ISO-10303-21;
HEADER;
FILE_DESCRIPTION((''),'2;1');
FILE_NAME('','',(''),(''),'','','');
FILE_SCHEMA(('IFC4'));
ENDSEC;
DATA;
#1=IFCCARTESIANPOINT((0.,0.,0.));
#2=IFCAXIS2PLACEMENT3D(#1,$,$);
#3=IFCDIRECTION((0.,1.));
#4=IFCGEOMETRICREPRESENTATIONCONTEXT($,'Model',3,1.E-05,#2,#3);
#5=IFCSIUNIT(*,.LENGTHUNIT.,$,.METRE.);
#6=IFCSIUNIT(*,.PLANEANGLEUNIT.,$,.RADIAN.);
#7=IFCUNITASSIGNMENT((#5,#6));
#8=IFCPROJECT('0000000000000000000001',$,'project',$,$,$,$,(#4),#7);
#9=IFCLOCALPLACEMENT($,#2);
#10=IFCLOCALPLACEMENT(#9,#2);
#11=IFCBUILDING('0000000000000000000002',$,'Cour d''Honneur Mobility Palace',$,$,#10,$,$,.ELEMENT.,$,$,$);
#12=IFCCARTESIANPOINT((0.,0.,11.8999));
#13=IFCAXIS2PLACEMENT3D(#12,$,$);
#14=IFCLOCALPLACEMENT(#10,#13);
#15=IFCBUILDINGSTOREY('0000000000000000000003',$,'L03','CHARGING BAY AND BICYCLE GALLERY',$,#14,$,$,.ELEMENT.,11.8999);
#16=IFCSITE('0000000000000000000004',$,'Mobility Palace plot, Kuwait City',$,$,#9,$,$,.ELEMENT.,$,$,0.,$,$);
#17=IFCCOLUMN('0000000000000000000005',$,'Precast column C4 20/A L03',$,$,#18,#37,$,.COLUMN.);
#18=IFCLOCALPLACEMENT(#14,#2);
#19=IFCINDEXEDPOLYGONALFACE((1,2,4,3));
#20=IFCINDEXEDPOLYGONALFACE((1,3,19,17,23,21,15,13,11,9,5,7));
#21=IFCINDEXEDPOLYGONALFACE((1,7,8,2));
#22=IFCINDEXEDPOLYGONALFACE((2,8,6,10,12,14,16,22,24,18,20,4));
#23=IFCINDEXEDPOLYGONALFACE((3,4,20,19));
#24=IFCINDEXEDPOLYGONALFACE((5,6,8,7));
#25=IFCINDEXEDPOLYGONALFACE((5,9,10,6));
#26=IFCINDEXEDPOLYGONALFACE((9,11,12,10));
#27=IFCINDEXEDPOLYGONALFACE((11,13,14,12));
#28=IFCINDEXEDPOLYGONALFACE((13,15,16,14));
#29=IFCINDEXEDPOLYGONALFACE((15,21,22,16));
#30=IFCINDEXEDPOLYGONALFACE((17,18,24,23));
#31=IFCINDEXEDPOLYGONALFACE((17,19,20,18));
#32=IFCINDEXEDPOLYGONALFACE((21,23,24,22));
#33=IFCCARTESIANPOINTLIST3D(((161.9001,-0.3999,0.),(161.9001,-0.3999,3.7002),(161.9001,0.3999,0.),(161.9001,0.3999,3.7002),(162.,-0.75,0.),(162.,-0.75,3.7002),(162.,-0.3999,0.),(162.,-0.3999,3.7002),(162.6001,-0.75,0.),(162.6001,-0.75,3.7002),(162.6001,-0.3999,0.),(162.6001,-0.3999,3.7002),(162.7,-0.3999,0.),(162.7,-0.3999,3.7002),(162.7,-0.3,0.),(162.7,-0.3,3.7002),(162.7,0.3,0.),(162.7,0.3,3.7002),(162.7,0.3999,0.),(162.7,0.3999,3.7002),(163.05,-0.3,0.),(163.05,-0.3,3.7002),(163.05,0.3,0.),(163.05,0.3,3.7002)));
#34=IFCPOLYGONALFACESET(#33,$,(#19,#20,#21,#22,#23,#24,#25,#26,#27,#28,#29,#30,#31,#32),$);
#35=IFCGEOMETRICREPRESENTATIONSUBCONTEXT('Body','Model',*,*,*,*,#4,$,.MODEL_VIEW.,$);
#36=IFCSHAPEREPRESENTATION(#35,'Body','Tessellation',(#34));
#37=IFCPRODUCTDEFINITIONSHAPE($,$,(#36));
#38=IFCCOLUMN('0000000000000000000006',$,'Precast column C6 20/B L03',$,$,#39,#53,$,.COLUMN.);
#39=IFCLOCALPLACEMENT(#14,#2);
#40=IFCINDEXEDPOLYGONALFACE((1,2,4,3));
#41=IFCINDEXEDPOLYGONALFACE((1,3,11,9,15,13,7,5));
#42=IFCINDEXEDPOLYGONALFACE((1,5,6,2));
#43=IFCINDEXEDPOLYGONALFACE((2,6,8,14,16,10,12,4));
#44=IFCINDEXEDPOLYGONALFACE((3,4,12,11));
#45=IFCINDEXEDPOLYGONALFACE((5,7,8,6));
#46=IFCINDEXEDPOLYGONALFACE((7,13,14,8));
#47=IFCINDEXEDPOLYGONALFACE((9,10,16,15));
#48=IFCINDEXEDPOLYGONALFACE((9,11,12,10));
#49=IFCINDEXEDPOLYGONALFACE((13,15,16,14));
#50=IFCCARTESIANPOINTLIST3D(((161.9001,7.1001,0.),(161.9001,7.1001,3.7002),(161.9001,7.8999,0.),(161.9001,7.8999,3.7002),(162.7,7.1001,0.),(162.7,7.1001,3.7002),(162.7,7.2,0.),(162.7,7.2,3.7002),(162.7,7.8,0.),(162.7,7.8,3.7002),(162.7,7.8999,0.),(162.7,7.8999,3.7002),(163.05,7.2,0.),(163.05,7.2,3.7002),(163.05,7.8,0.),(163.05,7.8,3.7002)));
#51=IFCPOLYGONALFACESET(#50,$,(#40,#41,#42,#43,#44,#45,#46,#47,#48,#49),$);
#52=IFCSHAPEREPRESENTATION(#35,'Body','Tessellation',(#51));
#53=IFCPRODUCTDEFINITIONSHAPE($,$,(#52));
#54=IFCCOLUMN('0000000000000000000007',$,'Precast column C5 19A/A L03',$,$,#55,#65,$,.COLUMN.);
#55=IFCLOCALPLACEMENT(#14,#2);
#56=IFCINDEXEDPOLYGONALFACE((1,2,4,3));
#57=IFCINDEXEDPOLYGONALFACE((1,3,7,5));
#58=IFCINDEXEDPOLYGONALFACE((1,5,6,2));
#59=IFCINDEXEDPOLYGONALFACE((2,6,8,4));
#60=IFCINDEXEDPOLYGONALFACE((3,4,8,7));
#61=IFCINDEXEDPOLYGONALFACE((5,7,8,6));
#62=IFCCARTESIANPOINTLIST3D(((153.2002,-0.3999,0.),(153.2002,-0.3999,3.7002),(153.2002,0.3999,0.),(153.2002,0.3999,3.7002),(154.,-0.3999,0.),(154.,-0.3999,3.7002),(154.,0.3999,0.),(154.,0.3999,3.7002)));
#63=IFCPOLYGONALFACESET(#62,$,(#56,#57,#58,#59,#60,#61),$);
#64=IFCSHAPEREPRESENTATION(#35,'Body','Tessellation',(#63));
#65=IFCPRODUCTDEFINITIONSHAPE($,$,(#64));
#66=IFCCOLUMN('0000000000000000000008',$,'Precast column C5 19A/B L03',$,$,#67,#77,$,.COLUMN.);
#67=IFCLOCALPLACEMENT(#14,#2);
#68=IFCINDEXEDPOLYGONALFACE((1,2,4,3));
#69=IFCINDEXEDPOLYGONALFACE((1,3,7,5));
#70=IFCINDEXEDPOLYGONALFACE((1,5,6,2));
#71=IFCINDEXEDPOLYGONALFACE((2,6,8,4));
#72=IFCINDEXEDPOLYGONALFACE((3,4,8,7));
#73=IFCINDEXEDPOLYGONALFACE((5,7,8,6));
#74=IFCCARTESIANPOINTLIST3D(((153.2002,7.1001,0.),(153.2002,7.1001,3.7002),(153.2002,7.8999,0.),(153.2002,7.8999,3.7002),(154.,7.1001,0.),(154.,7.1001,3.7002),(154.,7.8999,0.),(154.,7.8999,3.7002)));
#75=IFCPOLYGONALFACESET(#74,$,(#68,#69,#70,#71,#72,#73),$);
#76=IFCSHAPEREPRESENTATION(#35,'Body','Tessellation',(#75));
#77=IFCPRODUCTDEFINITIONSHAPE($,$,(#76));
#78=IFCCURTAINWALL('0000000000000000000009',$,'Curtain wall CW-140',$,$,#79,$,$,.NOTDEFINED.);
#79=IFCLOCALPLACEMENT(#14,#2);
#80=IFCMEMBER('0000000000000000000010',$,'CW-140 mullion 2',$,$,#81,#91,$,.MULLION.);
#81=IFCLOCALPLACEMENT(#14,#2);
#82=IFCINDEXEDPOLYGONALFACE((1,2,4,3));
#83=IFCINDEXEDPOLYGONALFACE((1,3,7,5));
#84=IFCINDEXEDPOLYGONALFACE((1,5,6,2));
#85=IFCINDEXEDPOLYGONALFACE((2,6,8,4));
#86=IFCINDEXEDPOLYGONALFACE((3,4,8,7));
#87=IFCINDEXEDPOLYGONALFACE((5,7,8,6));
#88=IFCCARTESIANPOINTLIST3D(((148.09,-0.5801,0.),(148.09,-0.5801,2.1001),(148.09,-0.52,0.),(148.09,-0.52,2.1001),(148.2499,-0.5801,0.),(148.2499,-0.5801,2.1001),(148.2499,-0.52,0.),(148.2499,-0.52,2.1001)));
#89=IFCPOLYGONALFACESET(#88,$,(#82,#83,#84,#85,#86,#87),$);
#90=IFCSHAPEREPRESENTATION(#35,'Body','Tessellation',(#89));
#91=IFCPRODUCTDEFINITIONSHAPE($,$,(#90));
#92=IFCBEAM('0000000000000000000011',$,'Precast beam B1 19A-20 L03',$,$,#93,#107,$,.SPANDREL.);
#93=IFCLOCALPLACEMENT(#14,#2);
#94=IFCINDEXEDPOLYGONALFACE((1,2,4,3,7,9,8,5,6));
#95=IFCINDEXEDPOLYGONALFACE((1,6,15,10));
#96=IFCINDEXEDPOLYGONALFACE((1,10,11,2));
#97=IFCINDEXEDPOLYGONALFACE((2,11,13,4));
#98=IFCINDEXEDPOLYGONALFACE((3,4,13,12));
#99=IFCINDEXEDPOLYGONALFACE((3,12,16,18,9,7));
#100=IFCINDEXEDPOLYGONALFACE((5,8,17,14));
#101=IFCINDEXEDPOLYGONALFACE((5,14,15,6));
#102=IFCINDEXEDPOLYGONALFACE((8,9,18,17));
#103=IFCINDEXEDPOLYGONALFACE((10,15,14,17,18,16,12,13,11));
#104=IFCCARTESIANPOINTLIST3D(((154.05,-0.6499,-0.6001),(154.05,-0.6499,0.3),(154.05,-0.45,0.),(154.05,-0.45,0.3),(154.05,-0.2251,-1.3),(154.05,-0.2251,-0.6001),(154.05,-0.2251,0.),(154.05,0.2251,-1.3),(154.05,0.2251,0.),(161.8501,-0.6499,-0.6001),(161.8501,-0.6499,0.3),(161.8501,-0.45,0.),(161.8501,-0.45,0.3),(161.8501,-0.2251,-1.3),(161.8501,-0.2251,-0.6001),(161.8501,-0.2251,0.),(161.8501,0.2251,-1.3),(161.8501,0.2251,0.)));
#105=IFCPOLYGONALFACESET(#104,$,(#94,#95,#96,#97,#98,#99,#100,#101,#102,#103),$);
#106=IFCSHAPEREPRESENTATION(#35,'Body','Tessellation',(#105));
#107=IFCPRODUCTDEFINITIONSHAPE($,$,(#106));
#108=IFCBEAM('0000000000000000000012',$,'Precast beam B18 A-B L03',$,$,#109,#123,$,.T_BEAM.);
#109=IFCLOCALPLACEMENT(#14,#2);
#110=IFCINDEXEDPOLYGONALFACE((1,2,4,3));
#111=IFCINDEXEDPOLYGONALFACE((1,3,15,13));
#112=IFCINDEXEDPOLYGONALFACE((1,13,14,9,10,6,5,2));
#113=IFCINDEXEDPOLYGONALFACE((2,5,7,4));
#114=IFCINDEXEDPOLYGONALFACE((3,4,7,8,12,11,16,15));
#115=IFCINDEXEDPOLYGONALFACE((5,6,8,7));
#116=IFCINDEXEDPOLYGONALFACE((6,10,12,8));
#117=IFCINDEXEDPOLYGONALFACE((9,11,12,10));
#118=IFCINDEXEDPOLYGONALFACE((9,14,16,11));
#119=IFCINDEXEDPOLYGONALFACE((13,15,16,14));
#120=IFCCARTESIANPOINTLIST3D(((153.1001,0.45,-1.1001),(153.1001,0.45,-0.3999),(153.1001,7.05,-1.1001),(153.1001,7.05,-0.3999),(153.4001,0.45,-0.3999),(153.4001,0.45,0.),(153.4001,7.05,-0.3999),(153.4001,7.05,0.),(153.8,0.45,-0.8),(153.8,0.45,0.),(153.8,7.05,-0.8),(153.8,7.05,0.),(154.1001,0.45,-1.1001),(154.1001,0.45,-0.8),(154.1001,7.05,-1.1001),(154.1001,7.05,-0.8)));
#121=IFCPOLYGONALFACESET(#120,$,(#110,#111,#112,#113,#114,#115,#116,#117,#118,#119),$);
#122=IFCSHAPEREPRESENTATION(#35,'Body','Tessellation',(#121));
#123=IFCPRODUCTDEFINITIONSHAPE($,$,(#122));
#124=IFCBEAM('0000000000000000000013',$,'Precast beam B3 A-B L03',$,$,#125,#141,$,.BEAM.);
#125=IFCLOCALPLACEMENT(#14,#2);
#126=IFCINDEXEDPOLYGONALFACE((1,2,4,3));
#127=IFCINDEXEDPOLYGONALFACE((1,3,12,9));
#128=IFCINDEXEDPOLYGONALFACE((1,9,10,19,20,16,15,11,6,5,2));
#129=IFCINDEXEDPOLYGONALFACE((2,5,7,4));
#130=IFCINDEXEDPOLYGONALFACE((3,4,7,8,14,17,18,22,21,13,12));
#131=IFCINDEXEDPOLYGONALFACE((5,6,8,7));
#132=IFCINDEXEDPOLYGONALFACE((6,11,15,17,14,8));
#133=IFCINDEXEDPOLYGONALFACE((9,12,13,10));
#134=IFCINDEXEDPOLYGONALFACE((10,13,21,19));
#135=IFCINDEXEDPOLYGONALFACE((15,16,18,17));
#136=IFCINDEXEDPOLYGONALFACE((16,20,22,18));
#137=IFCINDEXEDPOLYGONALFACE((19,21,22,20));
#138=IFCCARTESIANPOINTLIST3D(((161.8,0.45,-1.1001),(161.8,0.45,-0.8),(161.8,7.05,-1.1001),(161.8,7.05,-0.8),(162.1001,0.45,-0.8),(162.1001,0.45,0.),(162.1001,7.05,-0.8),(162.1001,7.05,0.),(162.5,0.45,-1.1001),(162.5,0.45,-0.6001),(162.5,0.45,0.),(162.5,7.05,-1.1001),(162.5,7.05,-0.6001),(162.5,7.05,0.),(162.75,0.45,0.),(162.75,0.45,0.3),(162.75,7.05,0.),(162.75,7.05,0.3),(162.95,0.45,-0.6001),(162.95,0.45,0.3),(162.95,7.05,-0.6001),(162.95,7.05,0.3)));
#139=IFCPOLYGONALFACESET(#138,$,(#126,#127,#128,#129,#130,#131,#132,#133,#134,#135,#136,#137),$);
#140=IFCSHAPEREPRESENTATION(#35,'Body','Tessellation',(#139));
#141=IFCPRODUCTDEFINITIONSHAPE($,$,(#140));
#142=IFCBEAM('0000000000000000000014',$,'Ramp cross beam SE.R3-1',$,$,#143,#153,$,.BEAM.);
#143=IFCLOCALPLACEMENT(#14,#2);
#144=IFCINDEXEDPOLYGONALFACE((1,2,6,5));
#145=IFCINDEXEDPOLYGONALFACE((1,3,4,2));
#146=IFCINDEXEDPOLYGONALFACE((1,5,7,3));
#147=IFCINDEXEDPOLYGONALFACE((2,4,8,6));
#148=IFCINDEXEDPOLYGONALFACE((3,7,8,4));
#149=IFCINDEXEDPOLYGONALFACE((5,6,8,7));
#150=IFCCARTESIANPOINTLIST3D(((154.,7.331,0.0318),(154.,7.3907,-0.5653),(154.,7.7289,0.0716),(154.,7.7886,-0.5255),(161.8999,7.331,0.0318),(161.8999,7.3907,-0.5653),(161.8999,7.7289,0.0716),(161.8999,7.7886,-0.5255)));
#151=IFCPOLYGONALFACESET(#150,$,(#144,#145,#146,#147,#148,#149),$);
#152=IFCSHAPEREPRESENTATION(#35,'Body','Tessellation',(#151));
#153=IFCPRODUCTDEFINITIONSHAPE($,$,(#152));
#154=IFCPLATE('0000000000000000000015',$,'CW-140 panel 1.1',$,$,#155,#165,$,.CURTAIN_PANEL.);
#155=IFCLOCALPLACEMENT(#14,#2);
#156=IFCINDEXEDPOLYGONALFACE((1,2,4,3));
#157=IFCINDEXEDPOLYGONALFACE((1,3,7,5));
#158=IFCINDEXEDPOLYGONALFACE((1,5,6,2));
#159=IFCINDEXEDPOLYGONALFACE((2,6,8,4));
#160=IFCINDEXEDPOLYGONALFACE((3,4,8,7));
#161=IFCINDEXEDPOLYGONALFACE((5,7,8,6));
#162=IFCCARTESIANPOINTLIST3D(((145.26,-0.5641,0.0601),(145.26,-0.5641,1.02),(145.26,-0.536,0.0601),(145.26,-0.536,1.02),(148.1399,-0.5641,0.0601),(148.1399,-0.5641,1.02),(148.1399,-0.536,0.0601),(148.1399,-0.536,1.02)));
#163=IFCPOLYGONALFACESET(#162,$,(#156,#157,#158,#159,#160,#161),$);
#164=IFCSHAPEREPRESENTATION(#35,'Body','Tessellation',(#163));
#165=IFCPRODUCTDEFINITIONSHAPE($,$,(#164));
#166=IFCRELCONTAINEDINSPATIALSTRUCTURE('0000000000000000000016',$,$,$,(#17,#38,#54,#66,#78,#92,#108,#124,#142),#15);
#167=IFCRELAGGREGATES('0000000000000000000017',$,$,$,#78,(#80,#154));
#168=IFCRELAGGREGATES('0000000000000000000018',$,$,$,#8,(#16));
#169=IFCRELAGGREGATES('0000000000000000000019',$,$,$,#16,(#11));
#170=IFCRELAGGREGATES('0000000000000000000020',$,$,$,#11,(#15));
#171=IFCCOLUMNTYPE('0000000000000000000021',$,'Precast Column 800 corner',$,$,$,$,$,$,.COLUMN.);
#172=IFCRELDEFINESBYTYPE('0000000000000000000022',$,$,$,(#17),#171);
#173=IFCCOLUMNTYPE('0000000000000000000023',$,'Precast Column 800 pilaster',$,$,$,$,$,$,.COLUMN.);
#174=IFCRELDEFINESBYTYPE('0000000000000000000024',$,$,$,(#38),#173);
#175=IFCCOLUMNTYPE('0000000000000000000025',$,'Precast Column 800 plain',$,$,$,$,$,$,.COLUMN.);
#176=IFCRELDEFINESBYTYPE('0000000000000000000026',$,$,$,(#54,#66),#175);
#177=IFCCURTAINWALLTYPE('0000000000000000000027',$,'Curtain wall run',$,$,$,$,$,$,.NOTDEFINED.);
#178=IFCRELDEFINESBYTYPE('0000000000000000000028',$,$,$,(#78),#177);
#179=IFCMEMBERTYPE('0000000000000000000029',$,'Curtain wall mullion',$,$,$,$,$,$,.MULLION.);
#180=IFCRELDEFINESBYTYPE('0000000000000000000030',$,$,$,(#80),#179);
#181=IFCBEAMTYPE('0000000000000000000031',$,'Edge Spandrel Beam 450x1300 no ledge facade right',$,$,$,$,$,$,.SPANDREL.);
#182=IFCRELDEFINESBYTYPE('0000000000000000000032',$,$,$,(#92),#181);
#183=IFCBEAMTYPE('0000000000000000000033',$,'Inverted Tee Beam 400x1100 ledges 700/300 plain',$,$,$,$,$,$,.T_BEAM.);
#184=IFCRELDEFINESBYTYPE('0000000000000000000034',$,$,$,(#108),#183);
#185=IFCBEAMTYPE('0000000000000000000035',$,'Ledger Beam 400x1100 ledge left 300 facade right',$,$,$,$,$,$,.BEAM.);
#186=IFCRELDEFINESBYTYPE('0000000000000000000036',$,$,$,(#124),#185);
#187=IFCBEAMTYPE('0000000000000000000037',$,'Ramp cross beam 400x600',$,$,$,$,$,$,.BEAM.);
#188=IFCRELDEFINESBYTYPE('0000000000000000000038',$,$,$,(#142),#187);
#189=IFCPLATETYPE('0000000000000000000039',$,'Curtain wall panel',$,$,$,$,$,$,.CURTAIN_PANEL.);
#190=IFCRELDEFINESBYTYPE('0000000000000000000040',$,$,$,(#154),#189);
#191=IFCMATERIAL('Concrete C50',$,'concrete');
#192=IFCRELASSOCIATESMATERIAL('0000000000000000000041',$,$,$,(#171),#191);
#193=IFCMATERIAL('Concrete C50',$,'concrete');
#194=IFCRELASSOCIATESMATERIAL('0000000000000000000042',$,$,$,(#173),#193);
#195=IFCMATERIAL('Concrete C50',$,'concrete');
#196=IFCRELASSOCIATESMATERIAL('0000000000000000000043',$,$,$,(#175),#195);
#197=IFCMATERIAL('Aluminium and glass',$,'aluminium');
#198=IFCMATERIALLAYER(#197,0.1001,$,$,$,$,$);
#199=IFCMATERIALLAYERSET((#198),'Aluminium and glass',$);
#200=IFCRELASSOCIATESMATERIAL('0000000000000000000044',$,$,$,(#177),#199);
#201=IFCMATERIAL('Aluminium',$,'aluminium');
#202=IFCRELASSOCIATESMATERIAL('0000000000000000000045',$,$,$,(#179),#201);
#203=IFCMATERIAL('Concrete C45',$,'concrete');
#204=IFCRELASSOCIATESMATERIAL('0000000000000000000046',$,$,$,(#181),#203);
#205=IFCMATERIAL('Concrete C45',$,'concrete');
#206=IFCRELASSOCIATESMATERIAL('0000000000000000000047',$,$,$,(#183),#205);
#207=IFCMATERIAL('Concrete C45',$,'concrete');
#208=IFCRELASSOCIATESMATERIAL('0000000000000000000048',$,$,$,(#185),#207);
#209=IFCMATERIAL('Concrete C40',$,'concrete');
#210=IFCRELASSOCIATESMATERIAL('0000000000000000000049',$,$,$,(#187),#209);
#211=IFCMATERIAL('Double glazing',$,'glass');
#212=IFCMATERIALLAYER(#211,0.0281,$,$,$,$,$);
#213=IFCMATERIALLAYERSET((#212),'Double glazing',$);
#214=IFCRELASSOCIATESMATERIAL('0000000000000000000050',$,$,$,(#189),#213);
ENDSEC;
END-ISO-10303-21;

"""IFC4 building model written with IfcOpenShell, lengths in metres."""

from ifc_helpers import new_model, si_unit, direction, frame, origin, origin_2d, place, context, subcontext, project, spatial, polyline, rectangle, outline, extrude, material, layer, layer_set, material_profile, profile_set, type_object, element, aggregate, save


model = new_model("IFC4")

# Units and contexts
model_context = context("Model", 3, precision=1e-05, world=origin(), true_north=direction((0.0, 1.0)))
body_context = subcontext(model_context, "Body", "Model", "MODEL_VIEW")
ifc_project = project(units=[si_unit("LENGTHUNIT", "METRE"), si_unit("PLANEANGLEUNIT", "RADIAN")], contexts=[model_context])

# Site, building, storey
site_placement = place(None, origin())
site = spatial("IfcSite", under=ifc_project, at=site_placement, Name="Mobility Palace plot, Kuwait City", CompositionType="ELEMENT", RefElevation=0.0)
building_placement = place(site_placement, origin())
building = spatial("IfcBuilding", under=site, at=building_placement, Name="Cour d'Honneur Mobility Palace", CompositionType="ELEMENT")
storey_placement = place(building_placement, frame((0.0, 0.0, 11.8999)))
storey = spatial("IfcBuildingStorey", under=building, at=storey_placement, Name="L03", Description="CHARGING BAY AND BICYCLE GALLERY", CompositionType="ELEMENT", Elevation=11.8999)

# Columns
ifc_material_1 = material(Name="Concrete C50", Category="concrete")
ifc_material_profile_1 = material_profile(ifc_material_1, outline(polyline([(-0.3999, -0.3999), (0.3999, -0.3999), (0.3999, -0.3), (0.75, -0.3), (0.75, 0.3), (0.3999, 0.3), (0.3999, 0.3999), (0.3, 0.3999), (0.3, 0.75), (-0.3, 0.75), (-0.3, 0.3999), (-0.3999, 0.3999), (-0.3999, -0.3999)])), Name="PC C800 corner")
ifc_profile_set_1 = profile_set([ifc_material_profile_1], Name="Concrete C50")
column_type_1 = type_object("IfcColumnType", Name="Precast Column 800 corner", PredefinedType="COLUMN", material=ifc_profile_set_1)
column_1_placement = place(storey_placement, frame((162.3, 0.0, 0.0), z_axis=(0.0, 0.0, 1.0), x_axis=(0.0, -1.0, 0.0)))
element("IfcColumn", 1, at=column_1_placement, inside=storey, type_object=column_type_1, Name="Precast column C4 20/A L03", PredefinedType="COLUMN", context=body_context, shape_type="SweptSolid", body=[
    extrude(outline(polyline([(-0.3999, -0.3999), (0.3999, -0.3999), (0.3999, -0.3), (0.75, -0.3), (0.75, 0.3), (0.3999, 0.3), (0.3999, 0.3999), (0.3, 0.3999), (0.3, 0.75), (-0.3, 0.75), (-0.3, 0.3999), (-0.3999, 0.3999), (-0.3999, -0.3999)])), origin(), (0.0, 0.0, 1.0), 3.7002),
])
ifc_material_2 = material(Name="Concrete C50", Category="concrete")
ifc_material_profile_2 = material_profile(ifc_material_2, outline(polyline([(-0.3999, -0.3999), (0.3999, -0.3999), (0.3999, -0.3), (0.75, -0.3), (0.75, 0.3), (0.3999, 0.3), (0.3999, 0.3999), (-0.3999, 0.3999), (-0.3999, -0.3999)])), Name="PC C800 pilaster")
ifc_profile_set_2 = profile_set([ifc_material_profile_2], Name="Concrete C50")
column_type_2 = type_object("IfcColumnType", Name="Precast Column 800 pilaster", PredefinedType="COLUMN", material=ifc_profile_set_2)
column_2_placement = place(storey_placement, frame((162.3, 7.5, 0.0), z_axis=(0.0, 0.0, 1.0), x_axis=(1.0, 0.0, 0.0)))
element("IfcColumn", 2, at=column_2_placement, inside=storey, type_object=column_type_2, Name="Precast column C6 20/B L03", PredefinedType="COLUMN", context=body_context, shape_type="SweptSolid", body=[
    extrude(outline(polyline([(-0.3999, -0.3999), (0.3999, -0.3999), (0.3999, -0.3), (0.75, -0.3), (0.75, 0.3), (0.3999, 0.3), (0.3999, 0.3999), (-0.3999, 0.3999), (-0.3999, -0.3999)])), origin(), (0.0, 0.0, 1.0), 3.7002),
])
ifc_material_3 = material(Name="Concrete C50", Category="concrete")
ifc_material_profile_3 = material_profile(ifc_material_3, outline(polyline([(-0.3999, -0.3999), (0.3999, -0.3999), (0.3999, 0.3999), (-0.3999, 0.3999), (-0.3999, -0.3999)])), Name="PC C800 plain")
ifc_profile_set_3 = profile_set([ifc_material_profile_3], Name="Concrete C50")
column_type_3 = type_object("IfcColumnType", Name="Precast Column 800 plain", PredefinedType="COLUMN", material=ifc_profile_set_3)
for number, where, z_axis, x_axis, name in (
    (3, (153.6001, 0.0, 0.0), (0.0, 0.0, 1.0), (1.0, 0.0, 0.0), "Precast column C5 19A/A L03"),
    (4, (153.6001, 7.5, 0.0), (0.0, 0.0, 1.0), (1.0, 0.0, 0.0), "Precast column C5 19A/B L03"),
):
    element("IfcColumn", number, at=place(storey_placement, frame(where, z_axis=z_axis, x_axis=x_axis)), inside=storey, type_object=column_type_3, Name=name, PredefinedType="COLUMN", context=body_context, shape_type="SweptSolid", body=[
        extrude(outline(polyline([(-0.3999, -0.3999), (0.3999, -0.3999), (0.3999, 0.3999), (-0.3999, 0.3999), (-0.3999, -0.3999)])), origin(), (0.0, 0.0, 1.0), 3.7002),
    ])

# Curtain wall, member
ifc_material_4 = material(Name="Aluminium and glass", Category="aluminium")
ifc_layer_1 = layer(ifc_material_4, 0.1001)
ifc_layer_set_1 = layer_set([ifc_layer_1], Name="Aluminium and glass")
curtain_wall_type = type_object("IfcCurtainWallType", Name="Curtain wall run", PredefinedType="NOTDEFINED", material=ifc_layer_set_1)
curtain_wall_placement = place(storey_placement, origin())
curtain_wall = element("IfcCurtainWall", 5, at=curtain_wall_placement, inside=storey, type_object=curtain_wall_type, Name="Curtain wall CW-140", PredefinedType="NOTDEFINED")
ifc_material_5 = material(Name="Aluminium", Category="aluminium")
ifc_material_profile_4 = material_profile(ifc_material_5, rectangle(XDim=0.0601, YDim=0.1599, at=origin_2d()), Name="Curtain wall mullion")
ifc_profile_set_4 = profile_set([ifc_material_profile_4], Name="Aluminium")
member_type = type_object("IfcMemberType", Name="Curtain wall mullion", PredefinedType="MULLION", material=ifc_profile_set_4)
member_placement = place(storey_placement, frame((148.1699, -0.55, 0.0), z_axis=(0.0, 0.0, 1.0), x_axis=(0.0, 1.0, 0.0)))
member = element("IfcMember", 6, at=member_placement, type_object=member_type, Name="CW-140 mullion 2", PredefinedType="MULLION", context=body_context, shape_type="SweptSolid", body=[
    extrude(rectangle(XDim=0.0601, YDim=0.1599, at=origin_2d()), origin(), (0.0, 0.0, 1.0), 2.1001),
])

# Beams
ifc_material_6 = material(Name="Concrete C45", Category="concrete")
ifc_material_profile_5 = material_profile(ifc_material_6, outline(polyline([(0.2251, -1.3), (0.2251, 0.0), (-0.2251, 0.0), (-0.45, 0.0), (-0.45, 0.3), (-0.6499, 0.3), (-0.6499, -0.6001), (-0.2251, -0.6001), (-0.2251, -1.3), (0.2251, -1.3)])), Name="Edge Spandrel Beam 450x1300 no ledge facade right")
ifc_profile_set_5 = profile_set([ifc_material_profile_5], Name="Concrete C45")
beam_type_1 = type_object("IfcBeamType", Name="Edge Spandrel Beam 450x1300 no ledge facade right", PredefinedType="SPANDREL", material=ifc_profile_set_5)
beam_1_placement = place(storey_placement, frame((154.05, 0.0, 0.0), z_axis=(1.0, 0.0, 0.0), x_axis=(0.0, 1.0, 0.0)))
element("IfcBeam", 7, at=beam_1_placement, inside=storey, type_object=beam_type_1, Name="Precast beam B1 19A-20 L03", PredefinedType="SPANDREL", context=body_context, shape_type="SweptSolid", body=[
    extrude(outline(polyline([(0.2251, -1.3), (0.2251, 0.0), (-0.2251, 0.0), (-0.45, 0.0), (-0.45, 0.3), (-0.6499, 0.3), (-0.6499, -0.6001), (-0.2251, -0.6001), (-0.2251, -1.3), (0.2251, -1.3)])), origin(), (0.0, 0.0, 1.0), 7.8),
])
ifc_material_7 = material(Name="Concrete C45", Category="concrete")
ifc_material_profile_6 = material_profile(ifc_material_7, outline(polyline([(0.5, -1.1001), (0.5, -0.3999), (0.2, -0.3999), (0.2, 0.0), (-0.2, 0.0), (-0.2, -0.8), (-0.5, -0.8), (-0.5, -1.1001), (0.5, -1.1001)])), Name="Inverted Tee Beam 400x1100 ledges 700/300 plain")
ifc_profile_set_6 = profile_set([ifc_material_profile_6], Name="Concrete C45")
beam_type_2 = type_object("IfcBeamType", Name="Inverted Tee Beam 400x1100 ledges 700/300 plain", PredefinedType="T_BEAM", material=ifc_profile_set_6)
beam_2_placement = place(storey_placement, frame((153.6001, 0.45, 0.0), z_axis=(0.0, 1.0, 0.0), x_axis=(-1.0, 0.0, 0.0)))
element("IfcBeam", 8, at=beam_2_placement, inside=storey, type_object=beam_type_2, Name="Precast beam B18 A-B L03", PredefinedType="T_BEAM", context=body_context, shape_type="SweptSolid", body=[
    extrude(outline(polyline([(0.5, -1.1001), (0.5, -0.3999), (0.2, -0.3999), (0.2, 0.0), (-0.2, 0.0), (-0.2, -0.8), (-0.5, -0.8), (-0.5, -1.1001), (0.5, -1.1001)])), origin(), (0.0, 0.0, 1.0), 6.6001),
])
ifc_material_8 = material(Name="Concrete C45", Category="concrete")
ifc_material_profile_7 = material_profile(ifc_material_8, outline(polyline([(0.5, -1.1001), (0.5, -0.8), (0.2, -0.8), (0.2, 0.0), (-0.2, 0.0), (-0.45, 0.0), (-0.45, 0.3), (-0.6499, 0.3), (-0.6499, -0.6001), (-0.2, -0.6001), (-0.2, -1.1001), (0.5, -1.1001)])), Name="Ledger Beam 400x1100 ledge left 300 facade right")
ifc_profile_set_7 = profile_set([ifc_material_profile_7], Name="Concrete C45")
beam_type_3 = type_object("IfcBeamType", Name="Ledger Beam 400x1100 ledge left 300 facade right", PredefinedType="BEAM", material=ifc_profile_set_7)
beam_3_placement = place(storey_placement, frame((162.3, 0.45, 0.0), z_axis=(0.0, 1.0, 0.0), x_axis=(-1.0, 0.0, 0.0)))
element("IfcBeam", 9, at=beam_3_placement, inside=storey, type_object=beam_type_3, Name="Precast beam B3 A-B L03", PredefinedType="BEAM", context=body_context, shape_type="SweptSolid", body=[
    extrude(outline(polyline([(0.5, -1.1001), (0.5, -0.8), (0.2, -0.8), (0.2, 0.0), (-0.2, 0.0), (-0.45, 0.0), (-0.45, 0.3), (-0.6499, 0.3), (-0.6499, -0.6001), (-0.2, -0.6001), (-0.2, -1.1001), (0.5, -1.1001)])), origin(), (0.0, 0.0, 1.0), 6.6001),
])
ifc_material_9 = material(Name="Concrete C40", Category="concrete")
ifc_material_profile_8 = material_profile(ifc_material_9, rectangle(XDim=0.3999, YDim=0.6001, at=origin_2d()), Name="Ramp cross beam 400x600")
ifc_profile_set_8 = profile_set([ifc_material_profile_8], Name="Concrete C40")
beam_type_4 = type_object("IfcBeamType", Name="Ramp cross beam 400x600", PredefinedType="BEAM", material=ifc_profile_set_8)
beam_4_placement = place(storey_placement, frame((161.8999, 7.5598, -0.2468), z_axis=(-1.0, 0.0, 0.0), x_axis=(0.0, -0.995037, -0.099504)))
element("IfcBeam", 10, at=beam_4_placement, inside=storey, type_object=beam_type_4, Name="Ramp cross beam SE.R3-1", PredefinedType="BEAM", context=body_context, shape_type="SweptSolid", body=[
    extrude(rectangle(XDim=0.3999, YDim=0.6001, at=origin_2d()), origin(), (0.0, 0.0, 1.0), 7.8999),
])

# Plate
ifc_material_10 = material(Name="Double glazing", Category="glass")
ifc_layer_2 = layer(ifc_material_10, 0.0281)
ifc_layer_set_2 = layer_set([ifc_layer_2], Name="Double glazing")
plate_type = type_object("IfcPlateType", Name="Curtain wall panel", PredefinedType="CURTAIN_PANEL", material=ifc_layer_set_2)
plate_1_placement = place(storey_placement, frame((146.7, -0.55, 0.0601), z_axis=(0.0, 0.0, 1.0), x_axis=(1.0, 0.0, 0.0)))
plate_1 = element("IfcPlate", 11, at=plate_1_placement, type_object=plate_type, Name="CW-140 panel 1.1", PredefinedType="CURTAIN_PANEL", context=body_context, shape_type="SweptSolid", body=[
    extrude(rectangle(XDim=2.8799, YDim=0.0281, at=origin_2d()), origin(), (0.0, 0.0, 1.0), 0.96),
])
aggregate(curtain_wall, [member, plate_1])

save(model, "model.ifc")
